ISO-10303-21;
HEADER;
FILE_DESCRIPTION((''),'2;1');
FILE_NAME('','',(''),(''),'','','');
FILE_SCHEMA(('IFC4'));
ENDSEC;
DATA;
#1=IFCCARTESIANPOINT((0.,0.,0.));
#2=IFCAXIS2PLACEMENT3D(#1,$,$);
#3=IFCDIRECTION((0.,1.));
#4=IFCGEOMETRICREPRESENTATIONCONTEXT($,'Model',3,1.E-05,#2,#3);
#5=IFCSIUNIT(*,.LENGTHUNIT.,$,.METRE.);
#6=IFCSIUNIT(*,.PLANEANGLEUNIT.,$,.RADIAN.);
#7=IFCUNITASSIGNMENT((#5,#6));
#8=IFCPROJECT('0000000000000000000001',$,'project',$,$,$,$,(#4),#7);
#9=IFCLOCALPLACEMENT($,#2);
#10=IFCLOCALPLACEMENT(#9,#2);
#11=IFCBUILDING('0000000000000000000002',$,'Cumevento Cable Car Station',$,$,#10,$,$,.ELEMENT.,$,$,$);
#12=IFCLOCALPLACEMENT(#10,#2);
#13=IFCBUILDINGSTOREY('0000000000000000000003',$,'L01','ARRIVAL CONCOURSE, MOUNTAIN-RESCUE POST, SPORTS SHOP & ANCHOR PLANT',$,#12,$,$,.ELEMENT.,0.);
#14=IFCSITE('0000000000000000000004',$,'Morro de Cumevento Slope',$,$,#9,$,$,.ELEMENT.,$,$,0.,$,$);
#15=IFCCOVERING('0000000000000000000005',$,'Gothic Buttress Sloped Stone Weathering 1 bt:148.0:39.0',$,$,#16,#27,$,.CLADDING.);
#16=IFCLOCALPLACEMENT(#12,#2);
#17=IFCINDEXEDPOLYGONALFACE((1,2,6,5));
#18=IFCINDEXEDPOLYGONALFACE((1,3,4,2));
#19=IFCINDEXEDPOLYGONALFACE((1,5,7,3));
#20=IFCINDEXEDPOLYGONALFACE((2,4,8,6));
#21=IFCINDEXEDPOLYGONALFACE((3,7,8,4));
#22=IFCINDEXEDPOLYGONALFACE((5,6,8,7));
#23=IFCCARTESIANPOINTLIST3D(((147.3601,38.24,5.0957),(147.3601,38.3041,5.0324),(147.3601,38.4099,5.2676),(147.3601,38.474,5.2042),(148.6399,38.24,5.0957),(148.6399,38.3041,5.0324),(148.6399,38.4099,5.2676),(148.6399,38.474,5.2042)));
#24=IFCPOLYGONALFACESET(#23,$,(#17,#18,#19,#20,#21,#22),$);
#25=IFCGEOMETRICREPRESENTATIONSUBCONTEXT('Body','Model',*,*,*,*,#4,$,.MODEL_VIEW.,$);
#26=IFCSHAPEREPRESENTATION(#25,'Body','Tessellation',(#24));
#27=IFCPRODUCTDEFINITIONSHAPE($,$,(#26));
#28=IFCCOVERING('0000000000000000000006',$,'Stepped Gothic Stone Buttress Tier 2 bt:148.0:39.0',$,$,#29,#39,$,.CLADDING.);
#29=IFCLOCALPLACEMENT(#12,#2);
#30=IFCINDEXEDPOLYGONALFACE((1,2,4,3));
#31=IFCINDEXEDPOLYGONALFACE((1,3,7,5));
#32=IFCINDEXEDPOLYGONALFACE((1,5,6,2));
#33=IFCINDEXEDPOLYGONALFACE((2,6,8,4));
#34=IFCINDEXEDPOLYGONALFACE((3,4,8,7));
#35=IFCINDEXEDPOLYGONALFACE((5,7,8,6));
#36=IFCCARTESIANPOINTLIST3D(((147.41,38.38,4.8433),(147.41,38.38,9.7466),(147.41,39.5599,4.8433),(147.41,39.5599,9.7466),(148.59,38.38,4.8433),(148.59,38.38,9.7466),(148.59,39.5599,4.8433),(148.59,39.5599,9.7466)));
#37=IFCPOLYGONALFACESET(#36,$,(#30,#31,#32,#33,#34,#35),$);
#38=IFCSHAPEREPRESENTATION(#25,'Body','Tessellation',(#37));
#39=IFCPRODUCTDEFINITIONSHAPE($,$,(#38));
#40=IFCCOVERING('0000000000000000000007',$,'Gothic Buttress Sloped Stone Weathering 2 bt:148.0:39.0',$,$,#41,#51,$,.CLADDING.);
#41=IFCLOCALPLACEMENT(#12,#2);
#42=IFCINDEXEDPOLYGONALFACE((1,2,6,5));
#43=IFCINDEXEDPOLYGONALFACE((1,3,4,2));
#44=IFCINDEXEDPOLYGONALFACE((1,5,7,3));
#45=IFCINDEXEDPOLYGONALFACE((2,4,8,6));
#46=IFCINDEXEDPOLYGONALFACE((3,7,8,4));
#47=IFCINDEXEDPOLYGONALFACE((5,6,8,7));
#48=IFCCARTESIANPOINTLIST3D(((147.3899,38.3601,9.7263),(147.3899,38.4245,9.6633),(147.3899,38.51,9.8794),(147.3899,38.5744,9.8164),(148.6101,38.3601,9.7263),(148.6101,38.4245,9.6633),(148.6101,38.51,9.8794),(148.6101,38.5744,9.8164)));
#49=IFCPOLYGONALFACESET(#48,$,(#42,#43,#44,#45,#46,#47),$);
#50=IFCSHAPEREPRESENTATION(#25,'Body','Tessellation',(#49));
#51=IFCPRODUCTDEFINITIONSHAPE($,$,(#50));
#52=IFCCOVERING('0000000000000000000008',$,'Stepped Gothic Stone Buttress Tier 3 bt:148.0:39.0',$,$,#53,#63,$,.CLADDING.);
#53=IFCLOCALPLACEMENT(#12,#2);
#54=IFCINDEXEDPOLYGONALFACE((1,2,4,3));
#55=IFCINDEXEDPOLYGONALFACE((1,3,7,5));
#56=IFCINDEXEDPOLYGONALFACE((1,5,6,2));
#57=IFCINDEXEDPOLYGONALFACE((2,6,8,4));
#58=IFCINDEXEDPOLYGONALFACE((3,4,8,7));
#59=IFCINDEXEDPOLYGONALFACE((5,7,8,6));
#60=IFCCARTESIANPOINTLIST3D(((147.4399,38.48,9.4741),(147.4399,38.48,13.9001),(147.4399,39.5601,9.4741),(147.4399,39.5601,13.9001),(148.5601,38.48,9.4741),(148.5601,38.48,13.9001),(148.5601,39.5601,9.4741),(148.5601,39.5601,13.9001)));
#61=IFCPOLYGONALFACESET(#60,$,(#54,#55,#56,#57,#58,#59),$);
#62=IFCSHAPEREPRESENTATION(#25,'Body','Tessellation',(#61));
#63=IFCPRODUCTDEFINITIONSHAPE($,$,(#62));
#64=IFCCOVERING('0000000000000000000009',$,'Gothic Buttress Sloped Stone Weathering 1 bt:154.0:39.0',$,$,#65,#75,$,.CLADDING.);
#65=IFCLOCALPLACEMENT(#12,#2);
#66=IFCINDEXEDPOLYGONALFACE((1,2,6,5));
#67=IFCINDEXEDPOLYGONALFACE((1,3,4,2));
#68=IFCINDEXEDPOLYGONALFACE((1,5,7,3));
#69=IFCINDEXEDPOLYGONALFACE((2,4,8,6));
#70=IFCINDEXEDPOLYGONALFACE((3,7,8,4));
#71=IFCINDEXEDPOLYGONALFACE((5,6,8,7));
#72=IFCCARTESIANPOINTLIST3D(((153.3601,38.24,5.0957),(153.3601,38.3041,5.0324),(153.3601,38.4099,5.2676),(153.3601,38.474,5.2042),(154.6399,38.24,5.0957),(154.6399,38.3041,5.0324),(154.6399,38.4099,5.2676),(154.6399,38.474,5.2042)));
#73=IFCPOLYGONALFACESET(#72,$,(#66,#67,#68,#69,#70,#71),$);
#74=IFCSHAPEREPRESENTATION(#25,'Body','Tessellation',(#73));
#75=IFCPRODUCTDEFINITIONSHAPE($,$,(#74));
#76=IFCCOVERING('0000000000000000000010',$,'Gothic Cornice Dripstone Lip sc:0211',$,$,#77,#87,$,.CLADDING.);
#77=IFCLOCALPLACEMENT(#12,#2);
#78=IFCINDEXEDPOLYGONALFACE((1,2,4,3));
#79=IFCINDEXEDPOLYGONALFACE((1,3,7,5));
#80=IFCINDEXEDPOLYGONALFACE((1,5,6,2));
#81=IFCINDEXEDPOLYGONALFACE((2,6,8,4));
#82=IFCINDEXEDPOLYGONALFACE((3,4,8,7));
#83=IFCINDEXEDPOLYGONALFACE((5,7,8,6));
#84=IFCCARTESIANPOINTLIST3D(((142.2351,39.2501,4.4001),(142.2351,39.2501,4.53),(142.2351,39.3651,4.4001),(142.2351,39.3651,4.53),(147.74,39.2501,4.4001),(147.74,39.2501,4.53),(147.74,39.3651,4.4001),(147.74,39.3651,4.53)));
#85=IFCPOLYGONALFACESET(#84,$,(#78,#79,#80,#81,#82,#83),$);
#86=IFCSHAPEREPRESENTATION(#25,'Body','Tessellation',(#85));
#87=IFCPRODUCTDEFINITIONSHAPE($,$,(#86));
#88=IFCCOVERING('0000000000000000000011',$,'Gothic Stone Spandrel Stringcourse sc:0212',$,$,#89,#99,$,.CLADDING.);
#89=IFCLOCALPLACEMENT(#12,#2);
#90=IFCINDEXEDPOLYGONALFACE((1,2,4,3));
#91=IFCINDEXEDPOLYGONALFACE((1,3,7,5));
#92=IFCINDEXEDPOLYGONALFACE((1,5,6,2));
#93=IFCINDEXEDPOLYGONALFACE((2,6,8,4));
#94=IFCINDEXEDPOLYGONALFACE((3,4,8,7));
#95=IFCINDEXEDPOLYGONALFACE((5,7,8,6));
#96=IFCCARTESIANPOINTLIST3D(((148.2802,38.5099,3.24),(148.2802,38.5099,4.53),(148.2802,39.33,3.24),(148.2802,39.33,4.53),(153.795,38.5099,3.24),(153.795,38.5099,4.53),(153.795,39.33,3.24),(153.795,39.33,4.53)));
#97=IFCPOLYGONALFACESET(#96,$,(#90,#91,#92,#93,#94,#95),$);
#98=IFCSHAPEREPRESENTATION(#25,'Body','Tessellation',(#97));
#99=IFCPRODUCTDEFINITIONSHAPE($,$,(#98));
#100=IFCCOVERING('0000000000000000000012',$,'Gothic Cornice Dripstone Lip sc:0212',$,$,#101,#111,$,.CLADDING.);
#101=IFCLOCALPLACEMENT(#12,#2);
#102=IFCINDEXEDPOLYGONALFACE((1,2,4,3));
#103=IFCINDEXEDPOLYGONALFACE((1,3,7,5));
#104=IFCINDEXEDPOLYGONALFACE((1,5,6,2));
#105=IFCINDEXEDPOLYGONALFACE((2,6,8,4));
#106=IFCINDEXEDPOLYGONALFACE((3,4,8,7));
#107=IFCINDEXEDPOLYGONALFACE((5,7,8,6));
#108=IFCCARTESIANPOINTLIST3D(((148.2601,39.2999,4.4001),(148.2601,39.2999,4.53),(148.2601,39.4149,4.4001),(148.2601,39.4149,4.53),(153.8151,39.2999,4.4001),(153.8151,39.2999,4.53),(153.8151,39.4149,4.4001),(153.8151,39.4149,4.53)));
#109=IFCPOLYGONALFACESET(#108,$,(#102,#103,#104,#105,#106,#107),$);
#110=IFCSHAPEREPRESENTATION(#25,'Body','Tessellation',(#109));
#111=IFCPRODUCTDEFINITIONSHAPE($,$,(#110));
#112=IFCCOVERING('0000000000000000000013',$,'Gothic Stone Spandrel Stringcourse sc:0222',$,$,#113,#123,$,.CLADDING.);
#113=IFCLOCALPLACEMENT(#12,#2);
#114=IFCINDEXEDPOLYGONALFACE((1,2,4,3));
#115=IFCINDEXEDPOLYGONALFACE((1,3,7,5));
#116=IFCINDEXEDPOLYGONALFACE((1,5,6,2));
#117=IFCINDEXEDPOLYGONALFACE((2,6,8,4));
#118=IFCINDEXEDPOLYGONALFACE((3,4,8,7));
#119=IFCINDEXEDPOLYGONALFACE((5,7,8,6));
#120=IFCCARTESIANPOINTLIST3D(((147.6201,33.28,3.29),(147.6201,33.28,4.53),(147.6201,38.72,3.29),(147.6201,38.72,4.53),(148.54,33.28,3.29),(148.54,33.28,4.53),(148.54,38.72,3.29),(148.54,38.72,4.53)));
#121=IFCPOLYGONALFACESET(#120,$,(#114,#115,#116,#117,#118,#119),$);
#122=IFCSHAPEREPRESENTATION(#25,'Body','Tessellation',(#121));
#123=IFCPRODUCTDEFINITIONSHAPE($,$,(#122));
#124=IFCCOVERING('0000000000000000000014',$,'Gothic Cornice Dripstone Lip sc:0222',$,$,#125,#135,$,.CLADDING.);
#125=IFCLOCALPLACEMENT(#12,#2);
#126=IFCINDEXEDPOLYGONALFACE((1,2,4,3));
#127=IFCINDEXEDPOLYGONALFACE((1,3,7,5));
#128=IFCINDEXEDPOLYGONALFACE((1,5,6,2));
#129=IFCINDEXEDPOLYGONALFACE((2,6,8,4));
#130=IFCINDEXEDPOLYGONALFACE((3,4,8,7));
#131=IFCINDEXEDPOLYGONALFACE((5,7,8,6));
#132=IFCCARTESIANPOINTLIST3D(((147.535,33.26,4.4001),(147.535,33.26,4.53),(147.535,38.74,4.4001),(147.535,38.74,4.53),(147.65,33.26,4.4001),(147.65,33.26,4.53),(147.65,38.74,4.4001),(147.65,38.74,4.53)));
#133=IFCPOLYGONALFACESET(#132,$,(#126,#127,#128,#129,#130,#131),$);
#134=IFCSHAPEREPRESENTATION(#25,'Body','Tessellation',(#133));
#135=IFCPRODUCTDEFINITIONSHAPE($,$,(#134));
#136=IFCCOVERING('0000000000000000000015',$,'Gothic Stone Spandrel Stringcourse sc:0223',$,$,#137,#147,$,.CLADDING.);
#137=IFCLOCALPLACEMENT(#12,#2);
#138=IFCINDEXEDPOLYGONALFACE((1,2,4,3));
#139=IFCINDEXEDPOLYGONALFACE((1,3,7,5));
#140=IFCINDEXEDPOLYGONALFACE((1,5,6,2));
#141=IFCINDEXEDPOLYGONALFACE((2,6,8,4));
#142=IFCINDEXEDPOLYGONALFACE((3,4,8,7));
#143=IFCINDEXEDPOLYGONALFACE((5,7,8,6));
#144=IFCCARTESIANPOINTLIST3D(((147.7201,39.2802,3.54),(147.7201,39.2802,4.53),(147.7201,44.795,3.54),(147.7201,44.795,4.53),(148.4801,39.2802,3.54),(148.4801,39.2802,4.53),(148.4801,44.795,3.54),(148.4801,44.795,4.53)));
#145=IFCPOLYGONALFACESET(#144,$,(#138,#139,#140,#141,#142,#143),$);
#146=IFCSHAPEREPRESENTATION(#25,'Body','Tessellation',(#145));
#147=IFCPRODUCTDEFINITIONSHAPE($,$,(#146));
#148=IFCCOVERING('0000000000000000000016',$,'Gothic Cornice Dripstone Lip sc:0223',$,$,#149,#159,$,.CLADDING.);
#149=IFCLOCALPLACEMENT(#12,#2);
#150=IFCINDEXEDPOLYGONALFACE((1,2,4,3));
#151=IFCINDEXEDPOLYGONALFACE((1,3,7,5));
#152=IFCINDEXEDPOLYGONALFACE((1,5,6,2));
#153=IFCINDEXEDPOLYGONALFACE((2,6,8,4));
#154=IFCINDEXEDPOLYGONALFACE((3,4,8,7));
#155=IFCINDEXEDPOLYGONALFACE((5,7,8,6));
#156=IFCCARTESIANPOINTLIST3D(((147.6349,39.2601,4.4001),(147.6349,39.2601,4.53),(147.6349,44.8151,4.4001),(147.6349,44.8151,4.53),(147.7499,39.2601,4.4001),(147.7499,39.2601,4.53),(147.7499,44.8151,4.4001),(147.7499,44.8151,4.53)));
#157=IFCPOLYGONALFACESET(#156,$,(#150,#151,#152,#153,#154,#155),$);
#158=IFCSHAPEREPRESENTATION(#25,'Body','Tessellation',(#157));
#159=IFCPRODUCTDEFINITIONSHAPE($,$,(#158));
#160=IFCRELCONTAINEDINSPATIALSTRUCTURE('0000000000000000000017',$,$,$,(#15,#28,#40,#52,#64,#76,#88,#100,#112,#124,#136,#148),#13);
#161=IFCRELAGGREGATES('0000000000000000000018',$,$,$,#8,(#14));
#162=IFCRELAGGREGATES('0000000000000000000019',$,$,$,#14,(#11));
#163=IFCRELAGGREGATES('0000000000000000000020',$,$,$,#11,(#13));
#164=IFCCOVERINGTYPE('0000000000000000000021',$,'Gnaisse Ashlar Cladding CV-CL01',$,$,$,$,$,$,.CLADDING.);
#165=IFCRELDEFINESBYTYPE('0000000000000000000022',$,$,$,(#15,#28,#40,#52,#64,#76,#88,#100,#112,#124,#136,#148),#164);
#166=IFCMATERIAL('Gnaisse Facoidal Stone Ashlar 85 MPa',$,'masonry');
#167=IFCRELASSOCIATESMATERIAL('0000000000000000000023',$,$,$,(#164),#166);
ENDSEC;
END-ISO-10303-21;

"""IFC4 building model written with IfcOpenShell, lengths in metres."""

from ifc_helpers import new_model, si_unit, direction, frame, origin, origin_2d, place, context, subcontext, project, spatial, polyline, rectangle, outline, extrude, material, type_object, element, save


model = new_model("IFC4")

# Units and contexts
model_context = context("Model", 3, precision=1e-05, world=origin(), true_north=direction((0.0, 1.0)))
body_context = subcontext(model_context, "Body", "Model", "MODEL_VIEW")
ifc_project = project(units=[si_unit("LENGTHUNIT", "METRE"), si_unit("PLANEANGLEUNIT", "RADIAN")], contexts=[model_context])

# Site, building, storey
site_placement = place(None, origin())
site = spatial("IfcSite", under=ifc_project, at=site_placement, Name="Morro de Cumevento Slope", CompositionType="ELEMENT", RefElevation=0.0)
building_placement = place(site_placement, origin())
building = spatial("IfcBuilding", under=site, at=building_placement, Name="Cumevento Cable Car Station", CompositionType="ELEMENT")
storey_placement = place(building_placement, origin())
storey = spatial("IfcBuildingStorey", under=building, at=storey_placement, Name="L01", Description="ARRIVAL CONCOURSE, MOUNTAIN-RESCUE POST, SPORTS SHOP & ANCHOR PLANT", CompositionType="ELEMENT", Elevation=0.0)

# Coverings
ifc_material_1 = material(Name="Gnaisse Facoidal Stone Ashlar 85 MPa", Category="masonry")
covering_type = type_object("IfcCoveringType", Name="Gnaisse Ashlar Cladding CV-CL01", PredefinedType="CLADDING", material=ifc_material_1)
covering_1_placement = place(storey_placement, frame((147.3601, 38.24, 5.0957), z_axis=(0.0, -0.711136, 0.703055), x_axis=(1.0, 0.0, 0.0)))
element("IfcCovering", 1, at=covering_1_placement, inside=storey, type_object=covering_type, Name="Gothic Buttress Sloped Stone Weathering 1 bt:148.0:39.0", PredefinedType="CLADDING", context=body_context, shape_type="SweptSolid", body=[
    extrude(outline(polyline([(0.0, 0.0), (1.2798, 0.0), (1.2798, 0.2417), (0.0, 0.2417), (0.0, 0.0)])), origin(), (0.0, 0.0, -1.0), 0.0901),
])
covering_2_placement = place(storey_placement, frame((148.0, 38.97, 4.8433), z_axis=(0.0, 0.0, 1.0), x_axis=(1.0, 0.0, 0.0)))
element("IfcCovering", 2, at=covering_2_placement, inside=storey, type_object=covering_type, Name="Stepped Gothic Stone Buttress Tier 2 bt:148.0:39.0", PredefinedType="CLADDING", context=body_context, shape_type="SweptSolid", body=[
    extrude(rectangle(XDim=1.1799, YDim=1.1799, at=origin_2d()), origin(), (0.0, 0.0, 1.0), 4.9033),
])
covering_3_placement = place(storey_placement, frame((147.3899, 38.3601, 9.7263), z_axis=(0.0, -0.714475, 0.699661), x_axis=(1.0, 0.0, 0.0)))
element("IfcCovering", 3, at=covering_3_placement, inside=storey, type_object=covering_type, Name="Gothic Buttress Sloped Stone Weathering 2 bt:148.0:39.0", PredefinedType="CLADDING", context=body_context, shape_type="SweptSolid", body=[
    extrude(outline(polyline([(0.0, 0.0), (1.2202, 0.0), (1.2202, 0.2142), (0.0, 0.2142), (0.0, 0.0)])), origin(), (0.0, 0.0, -1.0), 0.0901),
])
covering_4_placement = place(storey_placement, frame((148.0, 39.02, 9.4741), z_axis=(0.0, 0.0, 1.0), x_axis=(1.0, 0.0, 0.0)))
element("IfcCovering", 4, at=covering_4_placement, inside=storey, type_object=covering_type, Name="Stepped Gothic Stone Buttress Tier 3 bt:148.0:39.0", PredefinedType="CLADDING", context=body_context, shape_type="SweptSolid", body=[
    extrude(rectangle(XDim=1.1201, YDim=1.0801, at=origin_2d()), origin(), (0.0, 0.0, 1.0), 4.426),
])
covering_5_placement = place(storey_placement, frame((153.3601, 38.24, 5.0957), z_axis=(0.0, -0.711136, 0.703055), x_axis=(1.0, 0.0, 0.0)))
element("IfcCovering", 5, at=covering_5_placement, inside=storey, type_object=covering_type, Name="Gothic Buttress Sloped Stone Weathering 1 bt:154.0:39.0", PredefinedType="CLADDING", context=body_context, shape_type="SweptSolid", body=[
    extrude(outline(polyline([(0.0, 0.0), (1.2798, 0.0), (1.2798, 0.2417), (0.0, 0.2417), (0.0, 0.0)])), origin(), (0.0, 0.0, -1.0), 0.0901),
])
covering_6_placement = place(storey_placement, frame((144.9875, 39.3076, 4.4001), z_axis=(0.0, 0.0, 1.0), x_axis=(1.0, 0.0, 0.0)))
element("IfcCovering", 6, at=covering_6_placement, inside=storey, type_object=covering_type, Name="Gothic Cornice Dripstone Lip sc:0211", PredefinedType="CLADDING", context=body_context, shape_type="SweptSolid", body=[
    extrude(rectangle(XDim=5.5049, YDim=0.115, at=origin_2d()), origin(), (0.0, 0.0, 1.0), 0.1299),
])
covering_7_placement = place(storey_placement, frame((151.0376, 38.9199, 3.24), z_axis=(0.0, 0.0, 1.0), x_axis=(1.0, 0.0, 0.0)))
element("IfcCovering", 7, at=covering_7_placement, inside=storey, type_object=covering_type, Name="Gothic Stone Spandrel Stringcourse sc:0212", PredefinedType="CLADDING", context=body_context, shape_type="SweptSolid", body=[
    extrude(rectangle(XDim=5.5149, YDim=0.8201, at=origin_2d()), origin(), (0.0, 0.0, 1.0), 1.29),
])
covering_8_placement = place(storey_placement, frame((151.0376, 39.3574, 4.4001), z_axis=(0.0, 0.0, 1.0), x_axis=(1.0, 0.0, 0.0)))
element("IfcCovering", 8, at=covering_8_placement, inside=storey, type_object=covering_type, Name="Gothic Cornice Dripstone Lip sc:0212", PredefinedType="CLADDING", context=body_context, shape_type="SweptSolid", body=[
    extrude(rectangle(XDim=5.5549, YDim=0.115, at=origin_2d()), origin(), (0.0, 0.0, 1.0), 0.1299),
])
covering_9_placement = place(storey_placement, frame((148.0801, 36.0, 3.29), z_axis=(0.0, 0.0, 1.0), x_axis=(0.0, 1.0, 0.0)))
element("IfcCovering", 9, at=covering_9_placement, inside=storey, type_object=covering_type, Name="Gothic Stone Spandrel Stringcourse sc:0222", PredefinedType="CLADDING", context=body_context, shape_type="SweptSolid", body=[
    extrude(rectangle(XDim=5.4399, YDim=0.9199, at=origin_2d()), origin(), (0.0, 0.0, 1.0), 1.24),
])
covering_10_placement = place(storey_placement, frame((147.5925, 36.0, 4.4001), z_axis=(0.0, 0.0, 1.0), x_axis=(0.0, 1.0, 0.0)))
element("IfcCovering", 10, at=covering_10_placement, inside=storey, type_object=covering_type, Name="Gothic Cornice Dripstone Lip sc:0222", PredefinedType="CLADDING", context=body_context, shape_type="SweptSolid", body=[
    extrude(rectangle(XDim=5.48, YDim=0.115, at=origin_2d()), origin(), (0.0, 0.0, 1.0), 0.1299),
])
covering_11_placement = place(storey_placement, frame((148.1001, 42.0376, 3.54), z_axis=(0.0, 0.0, 1.0), x_axis=(0.0, 1.0, 0.0)))
element("IfcCovering", 11, at=covering_11_placement, inside=storey, type_object=covering_type, Name="Gothic Stone Spandrel Stringcourse sc:0223", PredefinedType="CLADDING", context=body_context, shape_type="SweptSolid", body=[
    extrude(rectangle(XDim=5.5149, YDim=0.76, at=origin_2d()), origin(), (0.0, 0.0, 1.0), 0.99),
])
covering_12_placement = place(storey_placement, frame((147.6924, 42.0376, 4.4001), z_axis=(0.0, 0.0, 1.0), x_axis=(0.0, 1.0, 0.0)))
element("IfcCovering", 12, at=covering_12_placement, inside=storey, type_object=covering_type, Name="Gothic Cornice Dripstone Lip sc:0223", PredefinedType="CLADDING", context=body_context, shape_type="SweptSolid", body=[
    extrude(rectangle(XDim=5.5549, YDim=0.115, at=origin_2d()), origin(), (0.0, 0.0, 1.0), 0.1299),
])

save(model, "model.ifc")
